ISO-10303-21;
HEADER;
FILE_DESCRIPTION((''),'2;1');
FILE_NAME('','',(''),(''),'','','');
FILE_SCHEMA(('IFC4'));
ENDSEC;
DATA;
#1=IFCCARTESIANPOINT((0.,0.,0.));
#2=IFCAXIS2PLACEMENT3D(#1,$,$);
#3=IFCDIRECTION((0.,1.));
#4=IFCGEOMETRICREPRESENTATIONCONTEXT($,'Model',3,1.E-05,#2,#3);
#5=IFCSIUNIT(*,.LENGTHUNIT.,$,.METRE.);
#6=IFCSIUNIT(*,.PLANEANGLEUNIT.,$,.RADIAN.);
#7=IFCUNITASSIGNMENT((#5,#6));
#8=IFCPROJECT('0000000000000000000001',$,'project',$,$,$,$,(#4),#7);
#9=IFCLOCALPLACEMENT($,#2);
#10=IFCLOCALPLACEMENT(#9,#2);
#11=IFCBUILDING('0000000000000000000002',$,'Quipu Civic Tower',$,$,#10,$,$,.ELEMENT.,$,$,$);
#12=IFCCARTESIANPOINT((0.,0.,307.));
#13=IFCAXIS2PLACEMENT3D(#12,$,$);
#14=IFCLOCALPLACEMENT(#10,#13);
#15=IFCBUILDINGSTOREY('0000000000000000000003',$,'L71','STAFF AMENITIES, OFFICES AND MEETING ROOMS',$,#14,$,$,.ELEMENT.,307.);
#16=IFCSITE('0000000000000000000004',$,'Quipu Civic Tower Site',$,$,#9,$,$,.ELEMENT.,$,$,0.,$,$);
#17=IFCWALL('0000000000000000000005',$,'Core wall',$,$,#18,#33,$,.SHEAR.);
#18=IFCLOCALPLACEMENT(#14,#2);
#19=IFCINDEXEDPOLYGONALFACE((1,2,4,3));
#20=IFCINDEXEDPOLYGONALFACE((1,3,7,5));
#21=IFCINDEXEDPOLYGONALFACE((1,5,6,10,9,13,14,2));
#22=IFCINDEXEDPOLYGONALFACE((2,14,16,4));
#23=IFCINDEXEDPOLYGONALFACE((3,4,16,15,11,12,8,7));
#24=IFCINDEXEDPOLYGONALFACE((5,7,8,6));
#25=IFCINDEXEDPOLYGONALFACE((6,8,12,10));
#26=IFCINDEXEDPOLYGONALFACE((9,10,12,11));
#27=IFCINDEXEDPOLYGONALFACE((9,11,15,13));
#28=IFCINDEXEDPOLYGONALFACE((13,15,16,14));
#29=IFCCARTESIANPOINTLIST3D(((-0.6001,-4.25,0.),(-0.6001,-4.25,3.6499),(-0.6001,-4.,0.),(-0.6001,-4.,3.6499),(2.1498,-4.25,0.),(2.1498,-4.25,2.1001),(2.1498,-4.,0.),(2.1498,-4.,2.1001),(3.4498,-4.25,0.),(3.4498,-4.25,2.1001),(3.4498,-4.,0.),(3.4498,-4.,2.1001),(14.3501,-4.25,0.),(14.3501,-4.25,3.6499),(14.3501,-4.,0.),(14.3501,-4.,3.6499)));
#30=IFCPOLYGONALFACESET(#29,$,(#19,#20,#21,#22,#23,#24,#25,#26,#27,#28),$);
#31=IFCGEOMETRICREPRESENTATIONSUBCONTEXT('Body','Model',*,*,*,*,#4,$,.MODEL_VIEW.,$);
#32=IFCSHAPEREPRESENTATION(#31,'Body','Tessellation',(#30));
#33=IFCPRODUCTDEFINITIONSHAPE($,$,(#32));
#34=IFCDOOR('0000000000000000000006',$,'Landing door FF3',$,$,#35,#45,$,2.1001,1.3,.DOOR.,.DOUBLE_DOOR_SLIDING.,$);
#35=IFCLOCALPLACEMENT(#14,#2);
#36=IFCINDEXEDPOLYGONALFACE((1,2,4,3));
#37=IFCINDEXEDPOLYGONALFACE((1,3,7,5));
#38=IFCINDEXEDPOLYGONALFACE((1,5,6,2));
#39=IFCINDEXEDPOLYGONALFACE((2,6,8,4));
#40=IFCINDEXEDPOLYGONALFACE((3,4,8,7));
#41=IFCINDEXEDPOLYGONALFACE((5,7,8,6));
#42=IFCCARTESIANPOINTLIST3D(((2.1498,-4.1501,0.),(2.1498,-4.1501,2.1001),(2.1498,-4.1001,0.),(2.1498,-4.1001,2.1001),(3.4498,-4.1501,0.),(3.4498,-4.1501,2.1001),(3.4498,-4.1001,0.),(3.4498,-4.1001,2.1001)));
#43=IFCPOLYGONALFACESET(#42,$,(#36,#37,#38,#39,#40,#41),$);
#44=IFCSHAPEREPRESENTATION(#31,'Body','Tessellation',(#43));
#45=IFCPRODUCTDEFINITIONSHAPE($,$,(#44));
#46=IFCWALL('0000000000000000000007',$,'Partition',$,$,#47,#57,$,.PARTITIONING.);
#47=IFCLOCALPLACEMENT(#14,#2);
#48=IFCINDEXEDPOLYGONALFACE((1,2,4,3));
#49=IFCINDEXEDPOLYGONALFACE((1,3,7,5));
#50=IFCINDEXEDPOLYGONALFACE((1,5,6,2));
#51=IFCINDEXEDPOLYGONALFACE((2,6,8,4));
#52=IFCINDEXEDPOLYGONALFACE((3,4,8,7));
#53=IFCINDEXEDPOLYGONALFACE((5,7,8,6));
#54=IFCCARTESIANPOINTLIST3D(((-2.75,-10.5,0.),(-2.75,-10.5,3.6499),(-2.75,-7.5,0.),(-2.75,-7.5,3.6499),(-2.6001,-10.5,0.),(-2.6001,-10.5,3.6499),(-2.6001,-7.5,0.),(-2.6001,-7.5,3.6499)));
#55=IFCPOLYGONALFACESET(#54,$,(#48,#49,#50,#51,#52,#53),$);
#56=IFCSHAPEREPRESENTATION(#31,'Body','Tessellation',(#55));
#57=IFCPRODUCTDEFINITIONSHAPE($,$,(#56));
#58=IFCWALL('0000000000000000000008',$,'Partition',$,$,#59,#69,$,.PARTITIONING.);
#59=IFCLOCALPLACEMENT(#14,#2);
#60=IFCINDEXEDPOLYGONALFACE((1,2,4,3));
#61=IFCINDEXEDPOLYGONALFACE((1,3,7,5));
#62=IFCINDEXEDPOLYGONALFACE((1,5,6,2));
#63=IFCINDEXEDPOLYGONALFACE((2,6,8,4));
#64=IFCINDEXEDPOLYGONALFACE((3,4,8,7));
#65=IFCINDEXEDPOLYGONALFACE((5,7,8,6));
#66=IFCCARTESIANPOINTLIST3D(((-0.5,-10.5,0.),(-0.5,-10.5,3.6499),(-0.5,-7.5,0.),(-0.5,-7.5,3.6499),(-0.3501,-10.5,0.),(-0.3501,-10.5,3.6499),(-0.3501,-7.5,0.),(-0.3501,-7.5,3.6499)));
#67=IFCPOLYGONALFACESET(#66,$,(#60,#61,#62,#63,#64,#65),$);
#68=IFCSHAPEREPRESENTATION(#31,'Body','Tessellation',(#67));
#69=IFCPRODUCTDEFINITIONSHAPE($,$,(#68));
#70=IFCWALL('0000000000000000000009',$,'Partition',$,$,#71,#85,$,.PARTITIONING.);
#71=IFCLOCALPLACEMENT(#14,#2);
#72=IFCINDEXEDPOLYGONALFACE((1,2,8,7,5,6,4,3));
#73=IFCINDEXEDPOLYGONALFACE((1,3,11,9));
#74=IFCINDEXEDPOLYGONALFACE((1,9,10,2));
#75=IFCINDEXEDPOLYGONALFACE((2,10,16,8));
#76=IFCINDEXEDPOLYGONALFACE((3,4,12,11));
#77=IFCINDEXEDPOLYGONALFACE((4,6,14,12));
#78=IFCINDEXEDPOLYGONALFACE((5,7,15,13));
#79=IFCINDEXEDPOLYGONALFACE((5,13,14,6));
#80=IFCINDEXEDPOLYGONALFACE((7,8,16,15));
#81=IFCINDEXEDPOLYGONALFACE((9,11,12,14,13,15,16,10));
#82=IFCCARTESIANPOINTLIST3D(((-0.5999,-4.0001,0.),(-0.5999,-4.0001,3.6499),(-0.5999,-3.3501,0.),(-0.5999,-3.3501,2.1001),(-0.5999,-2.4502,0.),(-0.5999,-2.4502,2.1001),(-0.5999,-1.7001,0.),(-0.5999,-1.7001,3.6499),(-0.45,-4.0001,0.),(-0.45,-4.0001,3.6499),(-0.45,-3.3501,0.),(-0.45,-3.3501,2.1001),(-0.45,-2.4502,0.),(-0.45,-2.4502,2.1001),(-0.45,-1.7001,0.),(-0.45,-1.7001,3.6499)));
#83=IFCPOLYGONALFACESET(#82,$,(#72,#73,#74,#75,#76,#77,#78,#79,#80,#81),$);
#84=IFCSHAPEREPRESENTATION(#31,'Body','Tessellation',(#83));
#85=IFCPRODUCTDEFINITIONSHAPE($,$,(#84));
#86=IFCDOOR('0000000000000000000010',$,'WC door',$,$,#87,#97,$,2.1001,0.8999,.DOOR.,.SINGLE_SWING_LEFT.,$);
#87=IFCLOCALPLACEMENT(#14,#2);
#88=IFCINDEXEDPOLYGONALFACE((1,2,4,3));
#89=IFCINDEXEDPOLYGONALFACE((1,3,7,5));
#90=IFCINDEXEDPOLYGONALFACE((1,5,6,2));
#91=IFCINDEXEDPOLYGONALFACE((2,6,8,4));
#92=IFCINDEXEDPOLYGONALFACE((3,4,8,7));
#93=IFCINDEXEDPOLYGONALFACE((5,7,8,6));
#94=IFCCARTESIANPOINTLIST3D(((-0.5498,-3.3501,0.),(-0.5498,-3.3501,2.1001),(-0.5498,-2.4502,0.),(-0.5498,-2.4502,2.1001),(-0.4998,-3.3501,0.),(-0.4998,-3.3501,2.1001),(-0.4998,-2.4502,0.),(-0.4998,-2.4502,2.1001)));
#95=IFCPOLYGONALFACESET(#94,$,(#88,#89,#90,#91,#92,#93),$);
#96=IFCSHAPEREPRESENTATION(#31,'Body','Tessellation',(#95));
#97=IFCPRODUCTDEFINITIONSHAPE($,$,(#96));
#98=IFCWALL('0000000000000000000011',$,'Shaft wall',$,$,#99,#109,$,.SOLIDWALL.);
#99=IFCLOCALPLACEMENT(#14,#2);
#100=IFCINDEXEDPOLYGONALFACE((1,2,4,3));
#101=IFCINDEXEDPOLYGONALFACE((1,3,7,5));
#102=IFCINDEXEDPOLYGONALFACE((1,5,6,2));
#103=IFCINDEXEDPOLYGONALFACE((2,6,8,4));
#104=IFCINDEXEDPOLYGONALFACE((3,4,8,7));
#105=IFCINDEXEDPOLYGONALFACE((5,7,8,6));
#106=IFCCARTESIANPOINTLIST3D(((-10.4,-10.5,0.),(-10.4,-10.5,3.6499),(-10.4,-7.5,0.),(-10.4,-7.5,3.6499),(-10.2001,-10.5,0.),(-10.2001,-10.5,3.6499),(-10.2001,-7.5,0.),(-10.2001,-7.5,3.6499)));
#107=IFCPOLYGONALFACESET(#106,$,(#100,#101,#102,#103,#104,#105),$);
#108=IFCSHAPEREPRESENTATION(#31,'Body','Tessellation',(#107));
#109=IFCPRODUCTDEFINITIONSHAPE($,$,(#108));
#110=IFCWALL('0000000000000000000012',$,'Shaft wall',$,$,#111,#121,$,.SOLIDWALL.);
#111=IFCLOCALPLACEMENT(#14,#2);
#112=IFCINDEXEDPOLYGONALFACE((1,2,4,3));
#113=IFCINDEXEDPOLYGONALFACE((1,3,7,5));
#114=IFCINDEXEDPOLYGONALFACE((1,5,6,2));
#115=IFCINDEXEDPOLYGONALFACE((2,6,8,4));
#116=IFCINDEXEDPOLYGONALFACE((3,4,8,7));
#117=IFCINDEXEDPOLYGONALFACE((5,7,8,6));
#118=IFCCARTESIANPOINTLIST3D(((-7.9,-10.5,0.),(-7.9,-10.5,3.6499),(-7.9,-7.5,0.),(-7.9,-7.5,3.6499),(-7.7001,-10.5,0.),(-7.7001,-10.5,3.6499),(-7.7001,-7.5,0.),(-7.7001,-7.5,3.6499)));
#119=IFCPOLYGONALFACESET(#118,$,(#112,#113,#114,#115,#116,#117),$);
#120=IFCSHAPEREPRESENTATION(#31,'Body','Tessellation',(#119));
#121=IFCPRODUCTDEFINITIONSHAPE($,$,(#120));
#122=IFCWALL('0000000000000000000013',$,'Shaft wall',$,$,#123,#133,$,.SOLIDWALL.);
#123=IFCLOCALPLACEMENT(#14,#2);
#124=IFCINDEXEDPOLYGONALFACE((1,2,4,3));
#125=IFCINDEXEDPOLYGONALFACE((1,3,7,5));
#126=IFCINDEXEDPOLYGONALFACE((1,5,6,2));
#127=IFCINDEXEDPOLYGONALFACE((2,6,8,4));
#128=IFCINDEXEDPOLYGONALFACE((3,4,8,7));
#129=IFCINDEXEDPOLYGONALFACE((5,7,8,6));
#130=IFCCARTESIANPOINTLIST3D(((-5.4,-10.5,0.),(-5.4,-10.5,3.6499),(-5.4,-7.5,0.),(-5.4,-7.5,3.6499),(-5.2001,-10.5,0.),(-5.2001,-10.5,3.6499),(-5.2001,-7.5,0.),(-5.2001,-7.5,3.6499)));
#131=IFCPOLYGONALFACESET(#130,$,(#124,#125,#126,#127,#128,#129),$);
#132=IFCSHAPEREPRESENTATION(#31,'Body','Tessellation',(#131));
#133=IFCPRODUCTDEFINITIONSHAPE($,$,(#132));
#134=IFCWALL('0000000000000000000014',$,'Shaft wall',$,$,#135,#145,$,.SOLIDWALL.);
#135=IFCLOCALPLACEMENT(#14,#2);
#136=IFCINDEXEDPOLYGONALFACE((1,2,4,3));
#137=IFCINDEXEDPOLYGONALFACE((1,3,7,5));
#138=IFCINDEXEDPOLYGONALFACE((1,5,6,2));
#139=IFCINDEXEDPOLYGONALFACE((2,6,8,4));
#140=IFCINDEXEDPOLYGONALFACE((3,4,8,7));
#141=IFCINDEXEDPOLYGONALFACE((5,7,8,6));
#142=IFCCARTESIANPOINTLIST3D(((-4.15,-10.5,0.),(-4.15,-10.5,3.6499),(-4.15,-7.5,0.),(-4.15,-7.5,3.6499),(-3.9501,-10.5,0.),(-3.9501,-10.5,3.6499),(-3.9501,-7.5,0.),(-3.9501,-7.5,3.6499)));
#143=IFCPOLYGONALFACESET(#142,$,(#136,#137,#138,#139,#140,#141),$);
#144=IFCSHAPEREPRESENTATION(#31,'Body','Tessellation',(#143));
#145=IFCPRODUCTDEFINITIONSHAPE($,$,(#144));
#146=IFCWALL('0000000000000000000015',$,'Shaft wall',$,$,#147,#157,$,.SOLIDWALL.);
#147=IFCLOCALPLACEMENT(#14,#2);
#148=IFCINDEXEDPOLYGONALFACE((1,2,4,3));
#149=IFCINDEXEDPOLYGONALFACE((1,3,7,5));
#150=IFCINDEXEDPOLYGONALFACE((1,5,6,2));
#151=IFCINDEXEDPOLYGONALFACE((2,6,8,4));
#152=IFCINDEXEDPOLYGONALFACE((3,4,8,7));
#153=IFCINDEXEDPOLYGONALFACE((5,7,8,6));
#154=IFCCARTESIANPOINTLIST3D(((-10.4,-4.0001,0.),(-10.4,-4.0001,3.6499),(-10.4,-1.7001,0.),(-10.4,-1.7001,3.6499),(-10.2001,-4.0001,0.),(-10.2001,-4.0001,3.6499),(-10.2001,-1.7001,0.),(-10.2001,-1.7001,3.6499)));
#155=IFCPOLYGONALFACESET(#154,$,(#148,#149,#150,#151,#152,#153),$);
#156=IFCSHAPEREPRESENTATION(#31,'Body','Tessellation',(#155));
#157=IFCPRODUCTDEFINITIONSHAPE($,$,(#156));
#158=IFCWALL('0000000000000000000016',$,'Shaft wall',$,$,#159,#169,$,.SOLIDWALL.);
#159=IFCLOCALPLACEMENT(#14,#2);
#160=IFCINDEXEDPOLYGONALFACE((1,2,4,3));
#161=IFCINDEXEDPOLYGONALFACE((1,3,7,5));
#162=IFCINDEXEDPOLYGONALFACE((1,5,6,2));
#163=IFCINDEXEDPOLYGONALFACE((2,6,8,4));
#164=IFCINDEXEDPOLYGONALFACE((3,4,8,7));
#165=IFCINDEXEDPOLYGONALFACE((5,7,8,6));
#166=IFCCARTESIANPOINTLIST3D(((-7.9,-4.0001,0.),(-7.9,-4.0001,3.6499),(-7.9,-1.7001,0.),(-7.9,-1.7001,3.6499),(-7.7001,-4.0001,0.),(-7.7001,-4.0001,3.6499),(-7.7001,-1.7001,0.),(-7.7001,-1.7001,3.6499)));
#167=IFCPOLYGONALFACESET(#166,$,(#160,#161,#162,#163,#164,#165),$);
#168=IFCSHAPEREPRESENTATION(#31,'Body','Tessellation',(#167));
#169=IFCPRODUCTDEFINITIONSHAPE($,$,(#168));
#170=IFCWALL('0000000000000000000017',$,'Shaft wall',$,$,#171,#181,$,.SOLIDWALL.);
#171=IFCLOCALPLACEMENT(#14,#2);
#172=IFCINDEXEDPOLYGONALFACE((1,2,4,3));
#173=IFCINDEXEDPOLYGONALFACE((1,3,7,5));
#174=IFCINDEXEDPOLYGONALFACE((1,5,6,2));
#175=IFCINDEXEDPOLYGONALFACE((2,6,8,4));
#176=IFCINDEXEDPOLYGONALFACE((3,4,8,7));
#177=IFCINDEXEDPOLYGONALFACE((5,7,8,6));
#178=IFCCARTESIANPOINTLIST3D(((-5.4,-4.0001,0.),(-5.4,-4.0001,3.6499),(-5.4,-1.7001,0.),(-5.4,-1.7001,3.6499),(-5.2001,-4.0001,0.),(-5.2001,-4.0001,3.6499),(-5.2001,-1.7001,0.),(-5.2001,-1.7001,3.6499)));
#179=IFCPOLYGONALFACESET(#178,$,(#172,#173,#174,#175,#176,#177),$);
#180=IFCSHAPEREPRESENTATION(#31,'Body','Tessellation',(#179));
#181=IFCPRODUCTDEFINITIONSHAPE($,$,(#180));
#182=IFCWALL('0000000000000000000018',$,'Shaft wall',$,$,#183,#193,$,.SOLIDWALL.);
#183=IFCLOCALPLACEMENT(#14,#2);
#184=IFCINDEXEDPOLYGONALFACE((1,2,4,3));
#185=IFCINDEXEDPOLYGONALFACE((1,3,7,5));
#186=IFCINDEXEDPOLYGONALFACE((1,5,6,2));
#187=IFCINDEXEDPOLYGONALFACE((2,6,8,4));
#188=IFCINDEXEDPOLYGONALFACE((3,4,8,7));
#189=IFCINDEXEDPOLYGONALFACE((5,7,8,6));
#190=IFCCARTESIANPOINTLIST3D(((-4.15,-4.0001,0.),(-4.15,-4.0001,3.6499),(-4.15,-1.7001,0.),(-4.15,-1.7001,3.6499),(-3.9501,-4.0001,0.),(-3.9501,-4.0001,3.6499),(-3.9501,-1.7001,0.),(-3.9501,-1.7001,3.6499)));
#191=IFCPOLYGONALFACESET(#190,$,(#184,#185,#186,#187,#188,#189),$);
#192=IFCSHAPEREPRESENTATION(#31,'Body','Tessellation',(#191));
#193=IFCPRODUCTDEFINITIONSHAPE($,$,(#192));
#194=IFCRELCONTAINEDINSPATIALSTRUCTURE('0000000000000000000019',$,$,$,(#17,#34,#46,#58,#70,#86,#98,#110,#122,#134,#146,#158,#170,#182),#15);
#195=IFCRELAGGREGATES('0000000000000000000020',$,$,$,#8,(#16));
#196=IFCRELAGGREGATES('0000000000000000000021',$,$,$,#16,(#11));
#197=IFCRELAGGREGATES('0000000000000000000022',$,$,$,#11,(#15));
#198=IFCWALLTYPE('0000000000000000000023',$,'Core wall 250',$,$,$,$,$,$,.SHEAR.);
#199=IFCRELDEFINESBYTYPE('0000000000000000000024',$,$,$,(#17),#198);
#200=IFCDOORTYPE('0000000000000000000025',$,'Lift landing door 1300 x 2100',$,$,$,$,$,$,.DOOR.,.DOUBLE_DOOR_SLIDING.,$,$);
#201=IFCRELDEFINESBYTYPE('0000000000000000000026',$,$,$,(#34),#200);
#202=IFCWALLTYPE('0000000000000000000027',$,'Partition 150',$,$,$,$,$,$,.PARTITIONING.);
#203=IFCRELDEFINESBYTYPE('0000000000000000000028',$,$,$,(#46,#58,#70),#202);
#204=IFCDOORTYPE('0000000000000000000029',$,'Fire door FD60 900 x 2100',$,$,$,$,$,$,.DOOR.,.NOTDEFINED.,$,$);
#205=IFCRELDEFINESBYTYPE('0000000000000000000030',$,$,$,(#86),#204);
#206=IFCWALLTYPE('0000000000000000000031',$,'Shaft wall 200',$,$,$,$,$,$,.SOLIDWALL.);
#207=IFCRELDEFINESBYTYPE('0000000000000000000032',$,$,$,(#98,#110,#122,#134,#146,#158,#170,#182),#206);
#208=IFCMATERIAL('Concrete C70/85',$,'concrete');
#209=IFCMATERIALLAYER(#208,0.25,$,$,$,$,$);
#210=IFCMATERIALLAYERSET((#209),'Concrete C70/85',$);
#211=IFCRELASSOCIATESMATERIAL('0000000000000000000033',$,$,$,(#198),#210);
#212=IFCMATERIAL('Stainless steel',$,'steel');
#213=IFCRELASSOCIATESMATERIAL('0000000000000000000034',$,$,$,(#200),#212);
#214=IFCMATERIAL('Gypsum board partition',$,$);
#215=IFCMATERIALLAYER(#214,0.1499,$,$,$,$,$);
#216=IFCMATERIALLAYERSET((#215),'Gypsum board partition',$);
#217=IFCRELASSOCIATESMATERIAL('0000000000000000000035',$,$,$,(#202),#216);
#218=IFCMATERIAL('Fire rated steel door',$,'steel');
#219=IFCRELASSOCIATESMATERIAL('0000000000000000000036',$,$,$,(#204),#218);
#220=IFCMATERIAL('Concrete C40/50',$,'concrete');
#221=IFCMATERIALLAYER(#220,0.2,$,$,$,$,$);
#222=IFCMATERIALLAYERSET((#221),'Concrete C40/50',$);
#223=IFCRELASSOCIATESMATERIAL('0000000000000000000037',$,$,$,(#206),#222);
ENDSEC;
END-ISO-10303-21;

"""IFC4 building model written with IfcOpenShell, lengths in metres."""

from ifc_helpers import new_model, si_unit, direction, frame, frame_2d, origin, place, context, subcontext, project, spatial, rectangle, extrude, material, layer, layer_set, type_object, element, fill, save


model = new_model("IFC4")

# Units and contexts
model_context = context("Model", 3, precision=1e-05, world=origin(), true_north=direction((0.0, 1.0)))
body_context = subcontext(model_context, "Body", "Model", "MODEL_VIEW")
ifc_project = project(units=[si_unit("LENGTHUNIT", "METRE"), si_unit("PLANEANGLEUNIT", "RADIAN")], contexts=[model_context])

# Site, building, storey
site_placement = place(None, origin())
site = spatial("IfcSite", under=ifc_project, at=site_placement, Name="Quipu Civic Tower Site", CompositionType="ELEMENT", RefElevation=0.0)
building_placement = place(site_placement, origin())
building = spatial("IfcBuilding", under=site, at=building_placement, Name="Quipu Civic Tower", CompositionType="ELEMENT")
storey_placement = place(building_placement, frame((0.0, 0.0, 307.0)))
storey = spatial("IfcBuildingStorey", under=building, at=storey_placement, Name="L71", Description="STAFF AMENITIES, OFFICES AND MEETING ROOMS", CompositionType="ELEMENT", Elevation=307.0)

# Wall, opening, door
ifc_material_1 = material(Name="Concrete C70/85", Category="concrete")
ifc_layer_1 = layer(ifc_material_1, 0.25)
ifc_layer_set_1 = layer_set([ifc_layer_1], Name="Concrete C70/85")
wall_type_1 = type_object("IfcWallType", Name="Core wall 250", PredefinedType="SHEAR", material=ifc_layer_set_1)
wall_1_placement = place(storey_placement, frame((-0.6001, -4.125, 0.0), z_axis=(0.0, 0.0, 1.0), x_axis=(1.0, 0.0, 0.0)))
wall_1 = element("IfcWall", 1, at=wall_1_placement, inside=storey, type_object=wall_type_1, Name="Core wall", PredefinedType="SHEAR", context=body_context, shape_type="SweptSolid", body=[
    extrude(rectangle(XDim=14.9502, YDim=0.25, at=frame_2d((7.4751, 0.0))), origin(), (0.0, 0.0, 1.0), 3.6499),
])
opening_1_placement = place(wall_1_placement, frame((2.75, 0.0, 0.0)))
opening_1 = element("IfcOpeningElement", 2, at=opening_1_placement, cuts=wall_1, PredefinedType="OPENING", context=body_context, shape_type="SweptSolid", body=[
    extrude(rectangle(XDim=1.3, YDim=2.1001, at=frame_2d((0.6499, 1.05))), frame((0.0, 0.135, 0.0), z_axis=(0.0, -1.0, 0.0), x_axis=(1.0, 0.0, 0.0)), (0.0, 0.0, 1.0), 0.27),
])
ifc_material_2 = material(Name="Stainless steel", Category="steel")
door_type_1 = type_object("IfcDoorType", Name="Lift landing door 1300 x 2100", OperationType="DOUBLE_DOOR_SLIDING", PredefinedType="DOOR", material=ifc_material_2)
door_1_placement = place(opening_1_placement, origin())
door_1 = element("IfcDoor", 3, at=door_1_placement, inside=storey, type_object=door_type_1, Name="Landing door FF3", OperationType="DOUBLE_DOOR_SLIDING", OverallHeight=2.1001, OverallWidth=1.3, PredefinedType="DOOR", context=body_context, shape_type="SweptSolid", body=[
    extrude(rectangle(XDim=1.3, YDim=2.1001, at=frame_2d((0.6499, 1.05))), frame((0.0, 0.0249, 0.0), z_axis=(0.0, -1.0, 0.0), x_axis=(1.0, 0.0, 0.0)), (0.0, 0.0, 1.0), 0.05),
])
fill(opening_1, door_1)

# Walls
ifc_material_3 = material(Name="Gypsum board partition")
ifc_layer_2 = layer(ifc_material_3, 0.1499)
ifc_layer_set_2 = layer_set([ifc_layer_2], Name="Gypsum board partition")
wall_type_2 = type_object("IfcWallType", Name="Partition 150", PredefinedType="PARTITIONING", material=ifc_layer_set_2)
for number, where, z_axis, x_axis, name in (
    (4, (-2.675, -10.5, 0.0), (0.0, 0.0, 1.0), (0.0, 1.0, 0.0), "Partition"),
    (5, (-0.425, -10.5, 0.0), (0.0, 0.0, 1.0), (0.0, 1.0, 0.0), "Partition"),
):
    element("IfcWall", number, at=place(storey_placement, frame(where, z_axis=z_axis, x_axis=x_axis)), inside=storey, type_object=wall_type_2, Name=name, PredefinedType="PARTITIONING", context=body_context, shape_type="SweptSolid", body=[
        extrude(rectangle(XDim=3.0, YDim=0.1499, at=frame_2d((1.5, 0.0))), origin(), (0.0, 0.0, 1.0), 3.6499),
    ])

# Wall, opening, door
wall_2_placement = place(storey_placement, frame((-0.5249, -4.0, 0.0), z_axis=(0.0, 0.0, 1.0), x_axis=(0.0, 1.0, 0.0)))
wall_2 = element("IfcWall", 6, at=wall_2_placement, inside=storey, type_object=wall_type_2, Name="Partition", PredefinedType="PARTITIONING", context=body_context, shape_type="SweptSolid", body=[
    extrude(rectangle(XDim=2.3, YDim=0.1499, at=frame_2d((1.1499, 0.0))), origin(), (0.0, 0.0, 1.0), 3.6499),
])
opening_2_placement = place(wall_2_placement, frame((0.6499, 0.0, 0.0)))
opening_2 = element("IfcOpeningElement", 7, at=opening_2_placement, cuts=wall_2, PredefinedType="OPENING", context=body_context, shape_type="SweptSolid", body=[
    extrude(rectangle(XDim=0.8999, YDim=2.1001, at=frame_2d((0.45, 1.05))), frame((0.0, 0.085, 0.0), z_axis=(0.0, -1.0, 0.0), x_axis=(1.0, 0.0, 0.0)), (0.0, 0.0, 1.0), 0.1699),
])
ifc_material_4 = material(Name="Fire rated steel door", Category="steel")
door_type_2 = type_object("IfcDoorType", Name="Fire door FD60 900 x 2100", OperationType="NOTDEFINED", PredefinedType="DOOR", material=ifc_material_4)
door_2_placement = place(opening_2_placement, origin())
door_2 = element("IfcDoor", 8, at=door_2_placement, inside=storey, type_object=door_type_2, Name="WC door", OperationType="SINGLE_SWING_LEFT", OverallHeight=2.1001, OverallWidth=0.8999, PredefinedType="DOOR", context=body_context, shape_type="SweptSolid", body=[
    extrude(rectangle(XDim=0.8999, YDim=2.1001, at=frame_2d((0.45, 1.05))), frame((0.0, 0.0249, 0.0), z_axis=(0.0, -1.0, 0.0), x_axis=(1.0, 0.0, 0.0)), (0.0, 0.0, 1.0), 0.05),
])
fill(opening_2, door_2)

# Walls
ifc_material_5 = material(Name="Concrete C40/50", Category="concrete")
ifc_layer_3 = layer(ifc_material_5, 0.2)
ifc_layer_set_3 = layer_set([ifc_layer_3], Name="Concrete C40/50")
wall_type_3 = type_object("IfcWallType", Name="Shaft wall 200", PredefinedType="SOLIDWALL", material=ifc_layer_set_3)
for number, where, z_axis, x_axis, name in (
    (9, (-10.3, -10.5, 0.0), (0.0, 0.0, 1.0), (0.0, 1.0, 0.0), "Shaft wall"),
    (10, (-7.8, -10.5, 0.0), (0.0, 0.0, 1.0), (0.0, 1.0, 0.0), "Shaft wall"),
    (11, (-5.3, -10.5, 0.0), (0.0, 0.0, 1.0), (0.0, 1.0, 0.0), "Shaft wall"),
    (12, (-4.05, -10.5, 0.0), (0.0, 0.0, 1.0), (0.0, 1.0, 0.0), "Shaft wall"),
):
    element("IfcWall", number, at=place(storey_placement, frame(where, z_axis=z_axis, x_axis=x_axis)), inside=storey, type_object=wall_type_3, Name=name, PredefinedType="SOLIDWALL", context=body_context, shape_type="SweptSolid", body=[
        extrude(rectangle(XDim=3.0, YDim=0.2, at=frame_2d((1.5, 0.0))), origin(), (0.0, 0.0, 1.0), 3.6499),
    ])
for number, where, z_axis, x_axis, name in (
    (13, (-10.3, -4.0, 0.0), (0.0, 0.0, 1.0), (0.0, 1.0, 0.0), "Shaft wall"),
    (14, (-7.8, -4.0, 0.0), (0.0, 0.0, 1.0), (0.0, 1.0, 0.0), "Shaft wall"),
    (15, (-5.3, -4.0, 0.0), (0.0, 0.0, 1.0), (0.0, 1.0, 0.0), "Shaft wall"),
    (16, (-4.05, -4.0, 0.0), (0.0, 0.0, 1.0), (0.0, 1.0, 0.0), "Shaft wall"),
):
    element("IfcWall", number, at=place(storey_placement, frame(where, z_axis=z_axis, x_axis=x_axis)), inside=storey, type_object=wall_type_3, Name=name, PredefinedType="SOLIDWALL", context=body_context, shape_type="SweptSolid", body=[
        extrude(rectangle(XDim=2.3, YDim=0.2, at=frame_2d((1.1499, 0.0))), origin(), (0.0, 0.0, 1.0), 3.6499),
    ])

save(model, "model.ifc")
